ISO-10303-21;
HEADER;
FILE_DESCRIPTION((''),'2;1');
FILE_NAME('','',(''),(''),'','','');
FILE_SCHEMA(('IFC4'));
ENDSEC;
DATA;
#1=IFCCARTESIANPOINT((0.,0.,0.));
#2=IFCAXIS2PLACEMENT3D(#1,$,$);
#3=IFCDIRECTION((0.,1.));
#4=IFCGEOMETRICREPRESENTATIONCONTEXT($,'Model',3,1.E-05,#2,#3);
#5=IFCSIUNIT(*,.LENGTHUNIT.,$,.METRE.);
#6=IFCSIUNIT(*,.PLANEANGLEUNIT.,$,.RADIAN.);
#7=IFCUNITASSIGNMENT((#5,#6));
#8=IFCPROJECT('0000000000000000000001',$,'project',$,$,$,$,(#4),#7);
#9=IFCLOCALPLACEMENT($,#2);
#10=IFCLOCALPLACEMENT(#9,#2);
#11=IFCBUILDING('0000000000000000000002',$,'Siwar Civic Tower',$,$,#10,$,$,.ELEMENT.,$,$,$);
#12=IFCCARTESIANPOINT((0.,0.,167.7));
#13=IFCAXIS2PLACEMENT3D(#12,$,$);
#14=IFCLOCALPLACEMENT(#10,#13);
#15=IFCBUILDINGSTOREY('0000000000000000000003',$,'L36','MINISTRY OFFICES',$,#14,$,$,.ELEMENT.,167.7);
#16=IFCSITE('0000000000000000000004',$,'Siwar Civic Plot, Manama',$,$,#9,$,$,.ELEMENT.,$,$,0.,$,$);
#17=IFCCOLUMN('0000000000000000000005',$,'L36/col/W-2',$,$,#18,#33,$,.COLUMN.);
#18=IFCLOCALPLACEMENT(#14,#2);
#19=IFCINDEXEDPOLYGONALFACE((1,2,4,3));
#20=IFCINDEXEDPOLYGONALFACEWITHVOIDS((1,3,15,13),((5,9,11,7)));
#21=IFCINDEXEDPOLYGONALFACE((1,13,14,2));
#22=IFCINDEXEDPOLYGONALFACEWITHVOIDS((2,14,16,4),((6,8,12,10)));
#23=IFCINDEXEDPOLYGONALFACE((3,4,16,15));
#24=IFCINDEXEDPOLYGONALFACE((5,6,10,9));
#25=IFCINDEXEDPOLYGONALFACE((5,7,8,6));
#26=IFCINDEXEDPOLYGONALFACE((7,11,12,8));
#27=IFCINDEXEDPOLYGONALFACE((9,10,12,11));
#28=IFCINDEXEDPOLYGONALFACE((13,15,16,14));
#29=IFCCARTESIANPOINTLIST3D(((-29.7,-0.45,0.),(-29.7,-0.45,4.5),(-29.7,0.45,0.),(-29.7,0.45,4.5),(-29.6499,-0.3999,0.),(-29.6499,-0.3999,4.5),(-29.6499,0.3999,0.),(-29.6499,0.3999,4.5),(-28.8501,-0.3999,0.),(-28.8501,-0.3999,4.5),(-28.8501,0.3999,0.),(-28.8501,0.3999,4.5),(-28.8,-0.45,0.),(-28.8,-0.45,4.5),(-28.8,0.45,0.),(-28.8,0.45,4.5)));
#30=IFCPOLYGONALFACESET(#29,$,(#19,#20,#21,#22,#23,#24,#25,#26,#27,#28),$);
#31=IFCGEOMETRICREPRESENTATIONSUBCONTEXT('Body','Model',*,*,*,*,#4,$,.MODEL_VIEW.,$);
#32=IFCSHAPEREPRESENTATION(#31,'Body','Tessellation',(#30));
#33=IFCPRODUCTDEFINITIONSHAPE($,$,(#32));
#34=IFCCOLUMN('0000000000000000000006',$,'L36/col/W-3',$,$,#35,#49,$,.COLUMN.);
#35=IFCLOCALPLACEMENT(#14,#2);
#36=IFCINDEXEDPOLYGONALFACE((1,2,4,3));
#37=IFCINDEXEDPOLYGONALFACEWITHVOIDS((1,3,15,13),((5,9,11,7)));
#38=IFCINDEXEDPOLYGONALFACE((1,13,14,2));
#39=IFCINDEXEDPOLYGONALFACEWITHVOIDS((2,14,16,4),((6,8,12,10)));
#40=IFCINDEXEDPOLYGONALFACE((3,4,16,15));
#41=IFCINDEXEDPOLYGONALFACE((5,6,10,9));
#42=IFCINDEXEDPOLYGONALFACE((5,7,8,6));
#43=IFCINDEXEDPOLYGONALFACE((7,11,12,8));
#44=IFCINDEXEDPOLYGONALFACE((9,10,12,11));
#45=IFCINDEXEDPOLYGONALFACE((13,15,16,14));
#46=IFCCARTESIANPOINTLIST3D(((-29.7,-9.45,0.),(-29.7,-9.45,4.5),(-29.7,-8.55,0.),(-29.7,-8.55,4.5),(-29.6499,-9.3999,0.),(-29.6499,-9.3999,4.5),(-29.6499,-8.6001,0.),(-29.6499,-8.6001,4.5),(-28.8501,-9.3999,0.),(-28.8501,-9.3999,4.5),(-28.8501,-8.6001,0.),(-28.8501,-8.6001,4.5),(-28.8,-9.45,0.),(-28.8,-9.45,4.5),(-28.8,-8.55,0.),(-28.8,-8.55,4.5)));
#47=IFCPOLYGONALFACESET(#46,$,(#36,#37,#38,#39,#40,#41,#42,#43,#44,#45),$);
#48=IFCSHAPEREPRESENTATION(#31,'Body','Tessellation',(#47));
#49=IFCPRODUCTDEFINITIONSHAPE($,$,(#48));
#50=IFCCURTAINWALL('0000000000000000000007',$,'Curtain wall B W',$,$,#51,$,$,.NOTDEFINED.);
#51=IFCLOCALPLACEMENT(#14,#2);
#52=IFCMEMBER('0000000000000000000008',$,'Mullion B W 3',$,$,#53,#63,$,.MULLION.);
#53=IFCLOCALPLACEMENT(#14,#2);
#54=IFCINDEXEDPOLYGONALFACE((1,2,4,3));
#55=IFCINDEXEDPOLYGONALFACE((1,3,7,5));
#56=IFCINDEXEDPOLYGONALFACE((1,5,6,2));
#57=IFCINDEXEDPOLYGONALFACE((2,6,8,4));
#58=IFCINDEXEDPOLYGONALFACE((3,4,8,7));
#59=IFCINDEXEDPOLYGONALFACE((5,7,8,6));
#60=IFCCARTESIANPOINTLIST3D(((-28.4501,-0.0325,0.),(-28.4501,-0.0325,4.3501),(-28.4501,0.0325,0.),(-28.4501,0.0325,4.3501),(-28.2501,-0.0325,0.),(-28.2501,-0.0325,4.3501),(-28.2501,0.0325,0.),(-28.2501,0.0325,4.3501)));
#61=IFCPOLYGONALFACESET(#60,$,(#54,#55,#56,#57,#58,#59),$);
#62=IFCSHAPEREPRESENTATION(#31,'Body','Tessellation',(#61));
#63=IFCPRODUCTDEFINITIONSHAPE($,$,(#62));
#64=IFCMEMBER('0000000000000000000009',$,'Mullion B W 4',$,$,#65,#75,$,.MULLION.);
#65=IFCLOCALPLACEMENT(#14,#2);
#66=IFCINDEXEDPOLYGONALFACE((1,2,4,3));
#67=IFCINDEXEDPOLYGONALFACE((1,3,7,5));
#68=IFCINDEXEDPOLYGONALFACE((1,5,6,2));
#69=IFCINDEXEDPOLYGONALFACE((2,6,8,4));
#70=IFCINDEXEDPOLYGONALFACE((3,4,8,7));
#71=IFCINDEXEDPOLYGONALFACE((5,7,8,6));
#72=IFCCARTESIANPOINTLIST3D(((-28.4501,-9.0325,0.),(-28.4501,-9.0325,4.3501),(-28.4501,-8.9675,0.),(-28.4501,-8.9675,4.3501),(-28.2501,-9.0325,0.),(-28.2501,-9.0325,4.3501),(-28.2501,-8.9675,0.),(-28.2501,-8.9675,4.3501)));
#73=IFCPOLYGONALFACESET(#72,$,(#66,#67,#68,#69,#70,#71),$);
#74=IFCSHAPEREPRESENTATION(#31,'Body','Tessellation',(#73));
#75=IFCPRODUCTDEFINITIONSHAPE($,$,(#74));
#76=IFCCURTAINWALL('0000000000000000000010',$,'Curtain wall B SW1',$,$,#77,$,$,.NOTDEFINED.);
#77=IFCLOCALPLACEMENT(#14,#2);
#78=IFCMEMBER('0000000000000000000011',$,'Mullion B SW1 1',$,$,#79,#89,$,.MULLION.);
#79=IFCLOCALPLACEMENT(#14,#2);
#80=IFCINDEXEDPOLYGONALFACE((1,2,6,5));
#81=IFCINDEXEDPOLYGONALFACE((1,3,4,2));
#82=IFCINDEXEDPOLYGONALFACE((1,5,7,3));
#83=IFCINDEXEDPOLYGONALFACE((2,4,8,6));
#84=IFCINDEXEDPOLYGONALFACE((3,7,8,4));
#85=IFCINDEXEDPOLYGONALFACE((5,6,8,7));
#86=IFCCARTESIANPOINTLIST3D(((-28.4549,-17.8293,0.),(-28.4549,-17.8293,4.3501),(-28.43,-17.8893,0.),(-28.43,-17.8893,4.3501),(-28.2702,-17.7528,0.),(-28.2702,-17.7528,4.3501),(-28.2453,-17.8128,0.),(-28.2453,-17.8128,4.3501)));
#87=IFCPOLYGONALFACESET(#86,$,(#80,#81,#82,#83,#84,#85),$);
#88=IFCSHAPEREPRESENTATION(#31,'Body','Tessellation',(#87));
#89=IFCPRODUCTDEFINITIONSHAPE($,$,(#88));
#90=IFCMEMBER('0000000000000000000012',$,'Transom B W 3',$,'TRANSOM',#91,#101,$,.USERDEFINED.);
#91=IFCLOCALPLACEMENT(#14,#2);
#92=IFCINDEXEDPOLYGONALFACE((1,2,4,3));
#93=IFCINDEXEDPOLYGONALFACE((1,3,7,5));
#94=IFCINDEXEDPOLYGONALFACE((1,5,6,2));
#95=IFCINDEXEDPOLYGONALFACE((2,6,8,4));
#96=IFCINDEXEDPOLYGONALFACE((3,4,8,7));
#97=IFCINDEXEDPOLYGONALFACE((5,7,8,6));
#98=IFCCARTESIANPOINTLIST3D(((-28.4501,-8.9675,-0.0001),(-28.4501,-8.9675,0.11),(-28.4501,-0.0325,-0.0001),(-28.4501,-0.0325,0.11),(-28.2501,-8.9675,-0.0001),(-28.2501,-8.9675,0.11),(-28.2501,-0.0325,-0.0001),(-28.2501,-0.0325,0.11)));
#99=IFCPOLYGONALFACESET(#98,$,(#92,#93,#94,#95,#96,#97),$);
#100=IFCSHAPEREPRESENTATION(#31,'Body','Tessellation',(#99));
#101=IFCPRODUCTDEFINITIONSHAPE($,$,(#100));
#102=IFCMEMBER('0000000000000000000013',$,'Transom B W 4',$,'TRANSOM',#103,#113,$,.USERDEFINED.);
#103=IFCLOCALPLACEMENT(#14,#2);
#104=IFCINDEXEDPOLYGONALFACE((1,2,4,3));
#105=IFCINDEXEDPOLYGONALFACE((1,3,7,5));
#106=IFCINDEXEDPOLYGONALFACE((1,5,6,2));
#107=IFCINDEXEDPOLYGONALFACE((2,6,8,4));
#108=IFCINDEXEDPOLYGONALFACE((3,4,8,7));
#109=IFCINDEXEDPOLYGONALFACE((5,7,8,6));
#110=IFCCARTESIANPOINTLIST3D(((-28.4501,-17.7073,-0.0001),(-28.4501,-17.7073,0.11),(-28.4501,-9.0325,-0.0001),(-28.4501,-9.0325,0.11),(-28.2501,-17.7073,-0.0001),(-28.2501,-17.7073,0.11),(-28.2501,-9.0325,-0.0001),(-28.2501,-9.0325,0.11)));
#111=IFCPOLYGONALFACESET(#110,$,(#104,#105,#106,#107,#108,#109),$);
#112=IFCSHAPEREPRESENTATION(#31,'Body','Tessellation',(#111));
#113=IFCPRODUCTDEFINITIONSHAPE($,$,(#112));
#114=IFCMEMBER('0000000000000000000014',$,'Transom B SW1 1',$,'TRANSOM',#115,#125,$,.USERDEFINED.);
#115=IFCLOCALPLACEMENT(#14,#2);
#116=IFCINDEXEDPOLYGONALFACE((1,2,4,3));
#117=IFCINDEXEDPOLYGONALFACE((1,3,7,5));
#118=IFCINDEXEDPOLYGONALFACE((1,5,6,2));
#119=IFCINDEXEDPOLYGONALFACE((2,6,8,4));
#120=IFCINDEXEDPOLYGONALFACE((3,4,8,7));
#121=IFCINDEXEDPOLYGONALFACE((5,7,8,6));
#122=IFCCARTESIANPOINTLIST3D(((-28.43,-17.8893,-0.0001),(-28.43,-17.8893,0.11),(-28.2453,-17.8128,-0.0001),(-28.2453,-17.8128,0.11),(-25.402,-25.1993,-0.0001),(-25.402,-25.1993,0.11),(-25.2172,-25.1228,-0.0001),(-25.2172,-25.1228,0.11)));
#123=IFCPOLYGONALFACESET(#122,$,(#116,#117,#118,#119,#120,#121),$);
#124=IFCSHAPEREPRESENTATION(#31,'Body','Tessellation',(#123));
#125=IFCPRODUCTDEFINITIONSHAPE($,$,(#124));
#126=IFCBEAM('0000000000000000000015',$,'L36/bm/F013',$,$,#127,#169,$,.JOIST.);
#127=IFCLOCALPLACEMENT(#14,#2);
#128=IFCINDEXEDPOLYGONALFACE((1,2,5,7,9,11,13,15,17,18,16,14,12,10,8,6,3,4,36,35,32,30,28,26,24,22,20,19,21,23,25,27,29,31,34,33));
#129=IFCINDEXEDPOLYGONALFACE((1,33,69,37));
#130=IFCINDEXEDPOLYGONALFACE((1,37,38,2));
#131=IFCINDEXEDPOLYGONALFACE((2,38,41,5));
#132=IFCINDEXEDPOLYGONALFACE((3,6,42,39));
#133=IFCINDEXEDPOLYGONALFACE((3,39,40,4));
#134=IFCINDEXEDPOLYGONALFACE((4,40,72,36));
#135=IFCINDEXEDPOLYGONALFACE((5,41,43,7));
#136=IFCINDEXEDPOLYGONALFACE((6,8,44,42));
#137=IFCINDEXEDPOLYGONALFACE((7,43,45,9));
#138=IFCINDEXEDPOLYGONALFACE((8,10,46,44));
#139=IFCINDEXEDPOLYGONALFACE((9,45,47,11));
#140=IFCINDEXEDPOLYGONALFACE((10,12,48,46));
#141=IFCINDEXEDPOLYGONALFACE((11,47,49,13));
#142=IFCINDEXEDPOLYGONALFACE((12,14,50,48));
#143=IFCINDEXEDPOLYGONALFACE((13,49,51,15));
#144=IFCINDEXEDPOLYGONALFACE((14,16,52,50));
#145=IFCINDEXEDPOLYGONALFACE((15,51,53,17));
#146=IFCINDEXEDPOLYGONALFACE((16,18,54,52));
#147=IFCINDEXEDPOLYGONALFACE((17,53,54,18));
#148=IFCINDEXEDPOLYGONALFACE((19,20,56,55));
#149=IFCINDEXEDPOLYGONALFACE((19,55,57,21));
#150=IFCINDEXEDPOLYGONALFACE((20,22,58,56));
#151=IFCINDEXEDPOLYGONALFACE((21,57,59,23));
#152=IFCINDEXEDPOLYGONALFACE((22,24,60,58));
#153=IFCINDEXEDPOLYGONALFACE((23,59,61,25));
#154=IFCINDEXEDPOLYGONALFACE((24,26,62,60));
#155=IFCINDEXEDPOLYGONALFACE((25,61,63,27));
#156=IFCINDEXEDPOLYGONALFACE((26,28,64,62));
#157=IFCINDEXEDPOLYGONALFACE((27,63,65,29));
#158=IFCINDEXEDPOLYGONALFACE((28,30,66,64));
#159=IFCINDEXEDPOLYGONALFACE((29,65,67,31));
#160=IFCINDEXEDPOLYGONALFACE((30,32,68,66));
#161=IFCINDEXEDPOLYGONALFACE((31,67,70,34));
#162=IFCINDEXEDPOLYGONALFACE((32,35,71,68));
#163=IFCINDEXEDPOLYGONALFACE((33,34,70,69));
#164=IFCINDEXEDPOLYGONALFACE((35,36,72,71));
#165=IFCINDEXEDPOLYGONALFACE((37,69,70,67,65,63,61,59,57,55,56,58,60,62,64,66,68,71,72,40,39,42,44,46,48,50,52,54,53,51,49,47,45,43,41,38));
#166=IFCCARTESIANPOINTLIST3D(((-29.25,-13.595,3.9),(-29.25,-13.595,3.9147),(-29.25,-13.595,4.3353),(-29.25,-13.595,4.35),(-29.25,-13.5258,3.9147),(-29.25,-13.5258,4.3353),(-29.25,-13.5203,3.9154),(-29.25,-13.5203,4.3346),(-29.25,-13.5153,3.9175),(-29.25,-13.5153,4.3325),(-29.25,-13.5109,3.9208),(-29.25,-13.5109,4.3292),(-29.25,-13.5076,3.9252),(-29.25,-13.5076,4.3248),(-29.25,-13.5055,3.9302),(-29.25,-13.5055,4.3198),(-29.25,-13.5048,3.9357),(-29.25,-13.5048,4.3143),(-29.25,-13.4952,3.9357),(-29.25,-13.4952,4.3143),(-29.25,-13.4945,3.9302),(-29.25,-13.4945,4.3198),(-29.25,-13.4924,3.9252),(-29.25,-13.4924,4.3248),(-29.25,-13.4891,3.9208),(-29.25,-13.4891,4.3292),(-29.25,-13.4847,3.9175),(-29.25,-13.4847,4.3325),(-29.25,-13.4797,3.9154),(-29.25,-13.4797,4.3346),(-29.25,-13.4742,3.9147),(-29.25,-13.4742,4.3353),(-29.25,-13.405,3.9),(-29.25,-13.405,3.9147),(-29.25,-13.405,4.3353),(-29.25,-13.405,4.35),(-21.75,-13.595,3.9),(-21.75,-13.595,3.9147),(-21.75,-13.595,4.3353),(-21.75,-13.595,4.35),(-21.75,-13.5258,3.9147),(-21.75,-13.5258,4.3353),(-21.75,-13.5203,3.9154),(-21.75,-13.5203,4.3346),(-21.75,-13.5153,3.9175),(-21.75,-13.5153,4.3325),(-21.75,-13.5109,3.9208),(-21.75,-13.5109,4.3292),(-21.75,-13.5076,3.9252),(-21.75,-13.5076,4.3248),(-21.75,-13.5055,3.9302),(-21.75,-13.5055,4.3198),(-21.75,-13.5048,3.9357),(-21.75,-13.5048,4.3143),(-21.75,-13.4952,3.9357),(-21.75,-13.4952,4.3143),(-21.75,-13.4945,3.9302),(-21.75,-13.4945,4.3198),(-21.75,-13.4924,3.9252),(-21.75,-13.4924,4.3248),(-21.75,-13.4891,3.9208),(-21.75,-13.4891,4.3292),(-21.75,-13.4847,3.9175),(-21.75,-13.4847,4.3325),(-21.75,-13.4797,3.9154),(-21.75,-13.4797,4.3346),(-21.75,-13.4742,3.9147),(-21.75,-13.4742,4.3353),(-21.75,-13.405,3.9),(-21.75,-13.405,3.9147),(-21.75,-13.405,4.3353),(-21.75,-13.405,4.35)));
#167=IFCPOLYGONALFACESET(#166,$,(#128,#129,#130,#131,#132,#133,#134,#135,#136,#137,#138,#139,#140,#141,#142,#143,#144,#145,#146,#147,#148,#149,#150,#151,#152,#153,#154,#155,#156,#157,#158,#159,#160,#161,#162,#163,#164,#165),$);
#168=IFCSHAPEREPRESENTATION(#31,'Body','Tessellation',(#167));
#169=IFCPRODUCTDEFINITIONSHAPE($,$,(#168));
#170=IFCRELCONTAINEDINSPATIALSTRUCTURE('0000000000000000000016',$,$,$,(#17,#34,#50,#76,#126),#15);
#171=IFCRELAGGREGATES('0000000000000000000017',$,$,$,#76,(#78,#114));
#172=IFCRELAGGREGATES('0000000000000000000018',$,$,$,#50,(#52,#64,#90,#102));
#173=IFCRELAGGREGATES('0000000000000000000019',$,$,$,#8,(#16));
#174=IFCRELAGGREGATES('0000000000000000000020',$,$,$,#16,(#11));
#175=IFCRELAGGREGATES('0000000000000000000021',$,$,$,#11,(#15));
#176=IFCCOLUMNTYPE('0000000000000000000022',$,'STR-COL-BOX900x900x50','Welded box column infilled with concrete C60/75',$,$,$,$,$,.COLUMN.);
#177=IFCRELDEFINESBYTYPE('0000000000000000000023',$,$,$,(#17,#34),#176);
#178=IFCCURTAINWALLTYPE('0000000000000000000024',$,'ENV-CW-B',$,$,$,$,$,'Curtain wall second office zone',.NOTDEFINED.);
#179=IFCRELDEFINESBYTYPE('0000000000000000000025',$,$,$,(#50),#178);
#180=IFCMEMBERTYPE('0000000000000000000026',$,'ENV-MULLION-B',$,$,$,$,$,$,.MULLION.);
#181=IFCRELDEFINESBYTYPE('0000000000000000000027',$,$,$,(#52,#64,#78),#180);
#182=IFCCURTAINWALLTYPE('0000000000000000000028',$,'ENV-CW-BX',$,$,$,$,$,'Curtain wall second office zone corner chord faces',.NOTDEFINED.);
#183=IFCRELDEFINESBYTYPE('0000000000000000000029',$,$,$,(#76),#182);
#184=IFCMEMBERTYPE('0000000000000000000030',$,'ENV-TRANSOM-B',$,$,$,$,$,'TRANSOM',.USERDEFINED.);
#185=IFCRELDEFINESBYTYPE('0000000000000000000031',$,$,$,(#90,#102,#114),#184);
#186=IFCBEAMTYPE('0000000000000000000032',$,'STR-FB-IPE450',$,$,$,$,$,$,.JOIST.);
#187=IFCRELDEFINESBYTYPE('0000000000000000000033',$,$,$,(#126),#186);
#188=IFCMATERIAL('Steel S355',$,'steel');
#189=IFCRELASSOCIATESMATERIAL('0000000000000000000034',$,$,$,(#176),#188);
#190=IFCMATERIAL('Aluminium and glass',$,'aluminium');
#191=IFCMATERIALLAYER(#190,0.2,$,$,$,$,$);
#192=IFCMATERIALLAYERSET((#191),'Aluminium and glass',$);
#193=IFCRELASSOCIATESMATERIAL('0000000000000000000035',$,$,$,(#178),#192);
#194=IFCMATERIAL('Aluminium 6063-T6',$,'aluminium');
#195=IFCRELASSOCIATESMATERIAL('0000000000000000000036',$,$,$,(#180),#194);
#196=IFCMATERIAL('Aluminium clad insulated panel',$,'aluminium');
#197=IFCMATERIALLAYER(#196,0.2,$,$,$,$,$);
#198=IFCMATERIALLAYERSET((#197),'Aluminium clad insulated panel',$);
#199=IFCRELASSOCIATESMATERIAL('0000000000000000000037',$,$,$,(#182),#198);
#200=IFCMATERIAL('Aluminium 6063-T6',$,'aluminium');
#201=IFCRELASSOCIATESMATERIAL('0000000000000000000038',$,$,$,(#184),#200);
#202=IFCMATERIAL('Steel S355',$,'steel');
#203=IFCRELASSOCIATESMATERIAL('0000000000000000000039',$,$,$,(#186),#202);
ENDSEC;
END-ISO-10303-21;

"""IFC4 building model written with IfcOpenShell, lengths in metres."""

from ifc_helpers import new_model, si_unit, direction, frame, origin, origin_2d, place, context, subcontext, project, spatial, rectangle, hollow_rectangle, i_section, extrude, material, layer, layer_set, material_profile, profile_set, type_object, element, aggregate, save


model = new_model("IFC4")

# Units and contexts
model_context = context("Model", 3, precision=1e-05, world=origin(), true_north=direction((0.0, 1.0)))
body_context = subcontext(model_context, "Body", "Model", "MODEL_VIEW")
ifc_project = project(units=[si_unit("LENGTHUNIT", "METRE"), si_unit("PLANEANGLEUNIT", "RADIAN")], contexts=[model_context])

# Site, building, storey
site_placement = place(None, origin())
site = spatial("IfcSite", under=ifc_project, at=site_placement, Name="Siwar Civic Plot, Manama", CompositionType="ELEMENT", RefElevation=0.0)
building_placement = place(site_placement, origin())
building = spatial("IfcBuilding", under=site, at=building_placement, Name="Siwar Civic Tower", CompositionType="ELEMENT")
storey_placement = place(building_placement, frame((0.0, 0.0, 167.7)))
storey = spatial("IfcBuildingStorey", under=building, at=storey_placement, Name="L36", Description="MINISTRY OFFICES", CompositionType="ELEMENT", Elevation=167.7)

# Columns
ifc_material_1 = material(Name="Steel S355", Category="steel")
ifc_material_profile_1 = material_profile(ifc_material_1, hollow_rectangle(XDim=0.8999, YDim=0.8999, WallThickness=0.05, at=origin_2d()), Name="BOX900x900x50")
ifc_profile_set_1 = profile_set([ifc_material_profile_1], Name="Steel S355")
column_type = type_object("IfcColumnType", Name="STR-COL-BOX900x900x50", Description="Welded box column infilled with concrete C60/75", PredefinedType="COLUMN", material=ifc_profile_set_1)
for number, where, z_axis, x_axis, name in (
    (1, (-29.25, 0.0, 0.0), (0.0, 0.0, 1.0), (1.0, 0.0, 0.0), "L36/col/W-2"),
    (2, (-29.25, -9.0, 0.0), (0.0, 0.0, 1.0), (1.0, 0.0, 0.0), "L36/col/W-3"),
):
    element("IfcColumn", number, at=place(storey_placement, frame(where, z_axis=z_axis, x_axis=x_axis)), inside=storey, type_object=column_type, Name=name, PredefinedType="COLUMN", context=body_context, shape_type="SweptSolid", body=[
        extrude(hollow_rectangle(XDim=0.8999, YDim=0.8999, WallThickness=0.05, at=origin_2d()), origin(), (0.0, 0.0, 1.0), 4.5),
    ])

# Curtain wall, members
ifc_material_2 = material(Name="Aluminium and glass", Category="aluminium")
ifc_layer_1 = layer(ifc_material_2, 0.2)
ifc_layer_set_1 = layer_set([ifc_layer_1], Name="Aluminium and glass")
curtain_wall_type_1 = type_object("IfcCurtainWallType", Name="ENV-CW-B", ElementType="Curtain wall second office zone", PredefinedType="NOTDEFINED", material=ifc_layer_set_1)
curtain_wall_1_placement = place(storey_placement, origin())
curtain_wall_1 = element("IfcCurtainWall", 3, at=curtain_wall_1_placement, inside=storey, type_object=curtain_wall_type_1, Name="Curtain wall B W", PredefinedType="NOTDEFINED")
ifc_material_3 = material(Name="Aluminium 6063-T6", Category="aluminium")
ifc_material_profile_2 = material_profile(ifc_material_3, rectangle(XDim=0.2, YDim=0.0649, at=origin_2d()), Name="AL 200x65")
ifc_profile_set_2 = profile_set([ifc_material_profile_2], Name="Aluminium 6063-T6")
member_type_1 = type_object("IfcMemberType", Name="ENV-MULLION-B", PredefinedType="MULLION", material=ifc_profile_set_2)
member_1_placement = place(storey_placement, frame((-28.3501, 0.0, 0.0), z_axis=(0.0, 0.0, 1.0), x_axis=(1.0, 0.0, 0.0)))
member_1 = element("IfcMember", 4, at=member_1_placement, type_object=member_type_1, Name="Mullion B W 3", PredefinedType="MULLION", context=body_context, shape_type="SweptSolid", body=[
    extrude(rectangle(XDim=0.2, YDim=0.0649, at=origin_2d()), origin(), (0.0, 0.0, 1.0), 4.3501),
])
member_2_placement = place(storey_placement, frame((-28.3501, -9.0, 0.0), z_axis=(0.0, 0.0, 1.0), x_axis=(1.0, 0.0, 0.0)))
member_2 = element("IfcMember", 5, at=member_2_placement, type_object=member_type_1, Name="Mullion B W 4", PredefinedType="MULLION", context=body_context, shape_type="SweptSolid", body=[
    extrude(rectangle(XDim=0.2, YDim=0.0649, at=origin_2d()), origin(), (0.0, 0.0, 1.0), 4.3501),
])

# Curtain wall, member
ifc_material_4 = material(Name="Aluminium clad insulated panel", Category="aluminium")
ifc_layer_2 = layer(ifc_material_4, 0.2)
ifc_layer_set_2 = layer_set([ifc_layer_2], Name="Aluminium clad insulated panel")
curtain_wall_type_2 = type_object("IfcCurtainWallType", Name="ENV-CW-BX", ElementType="Curtain wall second office zone corner chord faces", PredefinedType="NOTDEFINED", material=ifc_layer_set_2)
curtain_wall_2_placement = place(storey_placement, origin())
curtain_wall_2 = element("IfcCurtainWall", 6, at=curtain_wall_2_placement, inside=storey, type_object=curtain_wall_type_2, Name="Curtain wall B SW1", PredefinedType="NOTDEFINED")
member_3_placement = place(storey_placement, frame((-28.3501, -17.821, 0.0), z_axis=(0.0, 0.0, 1.0), x_axis=(0.92388, 0.382683, 0.0)))
member_3 = element("IfcMember", 7, at=member_3_placement, type_object=member_type_1, Name="Mullion B SW1 1", PredefinedType="MULLION", context=body_context, shape_type="SweptSolid", body=[
    extrude(rectangle(XDim=0.2, YDim=0.0649, at=origin_2d()), origin(), (0.0, 0.0, 1.0), 4.3501),
])

# Members
ifc_material_5 = material(Name="Aluminium 6063-T6", Category="aluminium")
ifc_material_profile_3 = material_profile(ifc_material_5, rectangle(XDim=0.2, YDim=0.1101, at=origin_2d()), Name="AL 200x110")
ifc_profile_set_3 = profile_set([ifc_material_profile_3], Name="Aluminium 6063-T6")
member_type_2 = type_object("IfcMemberType", Name="ENV-TRANSOM-B", ElementType="TRANSOM", PredefinedType="USERDEFINED", material=ifc_profile_set_3)
member_4_placement = place(storey_placement, frame((-28.3501, -0.0325, 0.0549), z_axis=(0.0, -1.0, 0.0), x_axis=(1.0, 0.0, 0.0)))
member_4 = element("IfcMember", 8, at=member_4_placement, type_object=member_type_2, Name="Transom B W 3", ObjectType="TRANSOM", PredefinedType="USERDEFINED", context=body_context, shape_type="SweptSolid", body=[
    extrude(rectangle(XDim=0.2, YDim=0.1101, at=origin_2d()), origin(), (0.0, 0.0, 1.0), 8.9351),
])
member_5_placement = place(storey_placement, frame((-28.3501, -9.0325, 0.0549), z_axis=(0.0, -1.0, 0.0), x_axis=(1.0, 0.0, 0.0)))
member_5 = element("IfcMember", 9, at=member_5_placement, type_object=member_type_2, Name="Transom B W 4", ObjectType="TRANSOM", PredefinedType="USERDEFINED", context=body_context, shape_type="SweptSolid", body=[
    extrude(rectangle(XDim=0.2, YDim=0.1101, at=origin_2d()), origin(), (0.0, 0.0, 1.0), 8.6748),
])
member_6_placement = place(storey_placement, frame((-28.3376, -17.8511, 0.0549), z_axis=(0.3827, -0.923873, 0.0), x_axis=(0.923873, 0.3827, 0.0)))
member_6 = element("IfcMember", 10, at=member_6_placement, type_object=member_type_2, Name="Transom B SW1 1", ObjectType="TRANSOM", PredefinedType="USERDEFINED", context=body_context, shape_type="SweptSolid", body=[
    extrude(rectangle(XDim=0.2, YDim=0.1101, at=origin_2d()), origin(), (0.0, 0.0, 1.0), 7.9124),
])
aggregate(curtain_wall_2, [member_3, member_6])

# Beam
ifc_material_6 = material(Name="Steel S355", Category="steel")
ifc_material_profile_4 = material_profile(ifc_material_6, i_section(OverallWidth=0.1899, OverallDepth=0.45, WebThickness=0.0095, FlangeThickness=0.0146, FilletRadius=0.021, at=origin_2d()), Name="IPE450")
ifc_profile_set_4 = profile_set([ifc_material_profile_4], Name="Steel S355")
beam_type_1 = type_object("IfcBeamType", Name="STR-FB-IPE450", PredefinedType="JOIST", material=ifc_profile_set_4)
beam_1_placement = place(storey_placement, frame((-29.25, -13.5, 4.125), z_axis=(1.0, 0.0, 0.0), x_axis=(0.0, 1.0, 0.0)))
element("IfcBeam", 11, at=beam_1_placement, inside=storey, type_object=beam_type_1, Name="L36/bm/F013", PredefinedType="JOIST", context=body_context, shape_type="SweptSolid", body=[
    extrude(i_section(OverallWidth=0.1899, OverallDepth=0.45, WebThickness=0.0095, FlangeThickness=0.0146, FilletRadius=0.021, at=origin_2d()), origin(), (0.0, 0.0, 1.0), 7.5),
])

aggregate(curtain_wall_1, [member_1, member_2, member_4, member_5])

save(model, "model.ifc")
